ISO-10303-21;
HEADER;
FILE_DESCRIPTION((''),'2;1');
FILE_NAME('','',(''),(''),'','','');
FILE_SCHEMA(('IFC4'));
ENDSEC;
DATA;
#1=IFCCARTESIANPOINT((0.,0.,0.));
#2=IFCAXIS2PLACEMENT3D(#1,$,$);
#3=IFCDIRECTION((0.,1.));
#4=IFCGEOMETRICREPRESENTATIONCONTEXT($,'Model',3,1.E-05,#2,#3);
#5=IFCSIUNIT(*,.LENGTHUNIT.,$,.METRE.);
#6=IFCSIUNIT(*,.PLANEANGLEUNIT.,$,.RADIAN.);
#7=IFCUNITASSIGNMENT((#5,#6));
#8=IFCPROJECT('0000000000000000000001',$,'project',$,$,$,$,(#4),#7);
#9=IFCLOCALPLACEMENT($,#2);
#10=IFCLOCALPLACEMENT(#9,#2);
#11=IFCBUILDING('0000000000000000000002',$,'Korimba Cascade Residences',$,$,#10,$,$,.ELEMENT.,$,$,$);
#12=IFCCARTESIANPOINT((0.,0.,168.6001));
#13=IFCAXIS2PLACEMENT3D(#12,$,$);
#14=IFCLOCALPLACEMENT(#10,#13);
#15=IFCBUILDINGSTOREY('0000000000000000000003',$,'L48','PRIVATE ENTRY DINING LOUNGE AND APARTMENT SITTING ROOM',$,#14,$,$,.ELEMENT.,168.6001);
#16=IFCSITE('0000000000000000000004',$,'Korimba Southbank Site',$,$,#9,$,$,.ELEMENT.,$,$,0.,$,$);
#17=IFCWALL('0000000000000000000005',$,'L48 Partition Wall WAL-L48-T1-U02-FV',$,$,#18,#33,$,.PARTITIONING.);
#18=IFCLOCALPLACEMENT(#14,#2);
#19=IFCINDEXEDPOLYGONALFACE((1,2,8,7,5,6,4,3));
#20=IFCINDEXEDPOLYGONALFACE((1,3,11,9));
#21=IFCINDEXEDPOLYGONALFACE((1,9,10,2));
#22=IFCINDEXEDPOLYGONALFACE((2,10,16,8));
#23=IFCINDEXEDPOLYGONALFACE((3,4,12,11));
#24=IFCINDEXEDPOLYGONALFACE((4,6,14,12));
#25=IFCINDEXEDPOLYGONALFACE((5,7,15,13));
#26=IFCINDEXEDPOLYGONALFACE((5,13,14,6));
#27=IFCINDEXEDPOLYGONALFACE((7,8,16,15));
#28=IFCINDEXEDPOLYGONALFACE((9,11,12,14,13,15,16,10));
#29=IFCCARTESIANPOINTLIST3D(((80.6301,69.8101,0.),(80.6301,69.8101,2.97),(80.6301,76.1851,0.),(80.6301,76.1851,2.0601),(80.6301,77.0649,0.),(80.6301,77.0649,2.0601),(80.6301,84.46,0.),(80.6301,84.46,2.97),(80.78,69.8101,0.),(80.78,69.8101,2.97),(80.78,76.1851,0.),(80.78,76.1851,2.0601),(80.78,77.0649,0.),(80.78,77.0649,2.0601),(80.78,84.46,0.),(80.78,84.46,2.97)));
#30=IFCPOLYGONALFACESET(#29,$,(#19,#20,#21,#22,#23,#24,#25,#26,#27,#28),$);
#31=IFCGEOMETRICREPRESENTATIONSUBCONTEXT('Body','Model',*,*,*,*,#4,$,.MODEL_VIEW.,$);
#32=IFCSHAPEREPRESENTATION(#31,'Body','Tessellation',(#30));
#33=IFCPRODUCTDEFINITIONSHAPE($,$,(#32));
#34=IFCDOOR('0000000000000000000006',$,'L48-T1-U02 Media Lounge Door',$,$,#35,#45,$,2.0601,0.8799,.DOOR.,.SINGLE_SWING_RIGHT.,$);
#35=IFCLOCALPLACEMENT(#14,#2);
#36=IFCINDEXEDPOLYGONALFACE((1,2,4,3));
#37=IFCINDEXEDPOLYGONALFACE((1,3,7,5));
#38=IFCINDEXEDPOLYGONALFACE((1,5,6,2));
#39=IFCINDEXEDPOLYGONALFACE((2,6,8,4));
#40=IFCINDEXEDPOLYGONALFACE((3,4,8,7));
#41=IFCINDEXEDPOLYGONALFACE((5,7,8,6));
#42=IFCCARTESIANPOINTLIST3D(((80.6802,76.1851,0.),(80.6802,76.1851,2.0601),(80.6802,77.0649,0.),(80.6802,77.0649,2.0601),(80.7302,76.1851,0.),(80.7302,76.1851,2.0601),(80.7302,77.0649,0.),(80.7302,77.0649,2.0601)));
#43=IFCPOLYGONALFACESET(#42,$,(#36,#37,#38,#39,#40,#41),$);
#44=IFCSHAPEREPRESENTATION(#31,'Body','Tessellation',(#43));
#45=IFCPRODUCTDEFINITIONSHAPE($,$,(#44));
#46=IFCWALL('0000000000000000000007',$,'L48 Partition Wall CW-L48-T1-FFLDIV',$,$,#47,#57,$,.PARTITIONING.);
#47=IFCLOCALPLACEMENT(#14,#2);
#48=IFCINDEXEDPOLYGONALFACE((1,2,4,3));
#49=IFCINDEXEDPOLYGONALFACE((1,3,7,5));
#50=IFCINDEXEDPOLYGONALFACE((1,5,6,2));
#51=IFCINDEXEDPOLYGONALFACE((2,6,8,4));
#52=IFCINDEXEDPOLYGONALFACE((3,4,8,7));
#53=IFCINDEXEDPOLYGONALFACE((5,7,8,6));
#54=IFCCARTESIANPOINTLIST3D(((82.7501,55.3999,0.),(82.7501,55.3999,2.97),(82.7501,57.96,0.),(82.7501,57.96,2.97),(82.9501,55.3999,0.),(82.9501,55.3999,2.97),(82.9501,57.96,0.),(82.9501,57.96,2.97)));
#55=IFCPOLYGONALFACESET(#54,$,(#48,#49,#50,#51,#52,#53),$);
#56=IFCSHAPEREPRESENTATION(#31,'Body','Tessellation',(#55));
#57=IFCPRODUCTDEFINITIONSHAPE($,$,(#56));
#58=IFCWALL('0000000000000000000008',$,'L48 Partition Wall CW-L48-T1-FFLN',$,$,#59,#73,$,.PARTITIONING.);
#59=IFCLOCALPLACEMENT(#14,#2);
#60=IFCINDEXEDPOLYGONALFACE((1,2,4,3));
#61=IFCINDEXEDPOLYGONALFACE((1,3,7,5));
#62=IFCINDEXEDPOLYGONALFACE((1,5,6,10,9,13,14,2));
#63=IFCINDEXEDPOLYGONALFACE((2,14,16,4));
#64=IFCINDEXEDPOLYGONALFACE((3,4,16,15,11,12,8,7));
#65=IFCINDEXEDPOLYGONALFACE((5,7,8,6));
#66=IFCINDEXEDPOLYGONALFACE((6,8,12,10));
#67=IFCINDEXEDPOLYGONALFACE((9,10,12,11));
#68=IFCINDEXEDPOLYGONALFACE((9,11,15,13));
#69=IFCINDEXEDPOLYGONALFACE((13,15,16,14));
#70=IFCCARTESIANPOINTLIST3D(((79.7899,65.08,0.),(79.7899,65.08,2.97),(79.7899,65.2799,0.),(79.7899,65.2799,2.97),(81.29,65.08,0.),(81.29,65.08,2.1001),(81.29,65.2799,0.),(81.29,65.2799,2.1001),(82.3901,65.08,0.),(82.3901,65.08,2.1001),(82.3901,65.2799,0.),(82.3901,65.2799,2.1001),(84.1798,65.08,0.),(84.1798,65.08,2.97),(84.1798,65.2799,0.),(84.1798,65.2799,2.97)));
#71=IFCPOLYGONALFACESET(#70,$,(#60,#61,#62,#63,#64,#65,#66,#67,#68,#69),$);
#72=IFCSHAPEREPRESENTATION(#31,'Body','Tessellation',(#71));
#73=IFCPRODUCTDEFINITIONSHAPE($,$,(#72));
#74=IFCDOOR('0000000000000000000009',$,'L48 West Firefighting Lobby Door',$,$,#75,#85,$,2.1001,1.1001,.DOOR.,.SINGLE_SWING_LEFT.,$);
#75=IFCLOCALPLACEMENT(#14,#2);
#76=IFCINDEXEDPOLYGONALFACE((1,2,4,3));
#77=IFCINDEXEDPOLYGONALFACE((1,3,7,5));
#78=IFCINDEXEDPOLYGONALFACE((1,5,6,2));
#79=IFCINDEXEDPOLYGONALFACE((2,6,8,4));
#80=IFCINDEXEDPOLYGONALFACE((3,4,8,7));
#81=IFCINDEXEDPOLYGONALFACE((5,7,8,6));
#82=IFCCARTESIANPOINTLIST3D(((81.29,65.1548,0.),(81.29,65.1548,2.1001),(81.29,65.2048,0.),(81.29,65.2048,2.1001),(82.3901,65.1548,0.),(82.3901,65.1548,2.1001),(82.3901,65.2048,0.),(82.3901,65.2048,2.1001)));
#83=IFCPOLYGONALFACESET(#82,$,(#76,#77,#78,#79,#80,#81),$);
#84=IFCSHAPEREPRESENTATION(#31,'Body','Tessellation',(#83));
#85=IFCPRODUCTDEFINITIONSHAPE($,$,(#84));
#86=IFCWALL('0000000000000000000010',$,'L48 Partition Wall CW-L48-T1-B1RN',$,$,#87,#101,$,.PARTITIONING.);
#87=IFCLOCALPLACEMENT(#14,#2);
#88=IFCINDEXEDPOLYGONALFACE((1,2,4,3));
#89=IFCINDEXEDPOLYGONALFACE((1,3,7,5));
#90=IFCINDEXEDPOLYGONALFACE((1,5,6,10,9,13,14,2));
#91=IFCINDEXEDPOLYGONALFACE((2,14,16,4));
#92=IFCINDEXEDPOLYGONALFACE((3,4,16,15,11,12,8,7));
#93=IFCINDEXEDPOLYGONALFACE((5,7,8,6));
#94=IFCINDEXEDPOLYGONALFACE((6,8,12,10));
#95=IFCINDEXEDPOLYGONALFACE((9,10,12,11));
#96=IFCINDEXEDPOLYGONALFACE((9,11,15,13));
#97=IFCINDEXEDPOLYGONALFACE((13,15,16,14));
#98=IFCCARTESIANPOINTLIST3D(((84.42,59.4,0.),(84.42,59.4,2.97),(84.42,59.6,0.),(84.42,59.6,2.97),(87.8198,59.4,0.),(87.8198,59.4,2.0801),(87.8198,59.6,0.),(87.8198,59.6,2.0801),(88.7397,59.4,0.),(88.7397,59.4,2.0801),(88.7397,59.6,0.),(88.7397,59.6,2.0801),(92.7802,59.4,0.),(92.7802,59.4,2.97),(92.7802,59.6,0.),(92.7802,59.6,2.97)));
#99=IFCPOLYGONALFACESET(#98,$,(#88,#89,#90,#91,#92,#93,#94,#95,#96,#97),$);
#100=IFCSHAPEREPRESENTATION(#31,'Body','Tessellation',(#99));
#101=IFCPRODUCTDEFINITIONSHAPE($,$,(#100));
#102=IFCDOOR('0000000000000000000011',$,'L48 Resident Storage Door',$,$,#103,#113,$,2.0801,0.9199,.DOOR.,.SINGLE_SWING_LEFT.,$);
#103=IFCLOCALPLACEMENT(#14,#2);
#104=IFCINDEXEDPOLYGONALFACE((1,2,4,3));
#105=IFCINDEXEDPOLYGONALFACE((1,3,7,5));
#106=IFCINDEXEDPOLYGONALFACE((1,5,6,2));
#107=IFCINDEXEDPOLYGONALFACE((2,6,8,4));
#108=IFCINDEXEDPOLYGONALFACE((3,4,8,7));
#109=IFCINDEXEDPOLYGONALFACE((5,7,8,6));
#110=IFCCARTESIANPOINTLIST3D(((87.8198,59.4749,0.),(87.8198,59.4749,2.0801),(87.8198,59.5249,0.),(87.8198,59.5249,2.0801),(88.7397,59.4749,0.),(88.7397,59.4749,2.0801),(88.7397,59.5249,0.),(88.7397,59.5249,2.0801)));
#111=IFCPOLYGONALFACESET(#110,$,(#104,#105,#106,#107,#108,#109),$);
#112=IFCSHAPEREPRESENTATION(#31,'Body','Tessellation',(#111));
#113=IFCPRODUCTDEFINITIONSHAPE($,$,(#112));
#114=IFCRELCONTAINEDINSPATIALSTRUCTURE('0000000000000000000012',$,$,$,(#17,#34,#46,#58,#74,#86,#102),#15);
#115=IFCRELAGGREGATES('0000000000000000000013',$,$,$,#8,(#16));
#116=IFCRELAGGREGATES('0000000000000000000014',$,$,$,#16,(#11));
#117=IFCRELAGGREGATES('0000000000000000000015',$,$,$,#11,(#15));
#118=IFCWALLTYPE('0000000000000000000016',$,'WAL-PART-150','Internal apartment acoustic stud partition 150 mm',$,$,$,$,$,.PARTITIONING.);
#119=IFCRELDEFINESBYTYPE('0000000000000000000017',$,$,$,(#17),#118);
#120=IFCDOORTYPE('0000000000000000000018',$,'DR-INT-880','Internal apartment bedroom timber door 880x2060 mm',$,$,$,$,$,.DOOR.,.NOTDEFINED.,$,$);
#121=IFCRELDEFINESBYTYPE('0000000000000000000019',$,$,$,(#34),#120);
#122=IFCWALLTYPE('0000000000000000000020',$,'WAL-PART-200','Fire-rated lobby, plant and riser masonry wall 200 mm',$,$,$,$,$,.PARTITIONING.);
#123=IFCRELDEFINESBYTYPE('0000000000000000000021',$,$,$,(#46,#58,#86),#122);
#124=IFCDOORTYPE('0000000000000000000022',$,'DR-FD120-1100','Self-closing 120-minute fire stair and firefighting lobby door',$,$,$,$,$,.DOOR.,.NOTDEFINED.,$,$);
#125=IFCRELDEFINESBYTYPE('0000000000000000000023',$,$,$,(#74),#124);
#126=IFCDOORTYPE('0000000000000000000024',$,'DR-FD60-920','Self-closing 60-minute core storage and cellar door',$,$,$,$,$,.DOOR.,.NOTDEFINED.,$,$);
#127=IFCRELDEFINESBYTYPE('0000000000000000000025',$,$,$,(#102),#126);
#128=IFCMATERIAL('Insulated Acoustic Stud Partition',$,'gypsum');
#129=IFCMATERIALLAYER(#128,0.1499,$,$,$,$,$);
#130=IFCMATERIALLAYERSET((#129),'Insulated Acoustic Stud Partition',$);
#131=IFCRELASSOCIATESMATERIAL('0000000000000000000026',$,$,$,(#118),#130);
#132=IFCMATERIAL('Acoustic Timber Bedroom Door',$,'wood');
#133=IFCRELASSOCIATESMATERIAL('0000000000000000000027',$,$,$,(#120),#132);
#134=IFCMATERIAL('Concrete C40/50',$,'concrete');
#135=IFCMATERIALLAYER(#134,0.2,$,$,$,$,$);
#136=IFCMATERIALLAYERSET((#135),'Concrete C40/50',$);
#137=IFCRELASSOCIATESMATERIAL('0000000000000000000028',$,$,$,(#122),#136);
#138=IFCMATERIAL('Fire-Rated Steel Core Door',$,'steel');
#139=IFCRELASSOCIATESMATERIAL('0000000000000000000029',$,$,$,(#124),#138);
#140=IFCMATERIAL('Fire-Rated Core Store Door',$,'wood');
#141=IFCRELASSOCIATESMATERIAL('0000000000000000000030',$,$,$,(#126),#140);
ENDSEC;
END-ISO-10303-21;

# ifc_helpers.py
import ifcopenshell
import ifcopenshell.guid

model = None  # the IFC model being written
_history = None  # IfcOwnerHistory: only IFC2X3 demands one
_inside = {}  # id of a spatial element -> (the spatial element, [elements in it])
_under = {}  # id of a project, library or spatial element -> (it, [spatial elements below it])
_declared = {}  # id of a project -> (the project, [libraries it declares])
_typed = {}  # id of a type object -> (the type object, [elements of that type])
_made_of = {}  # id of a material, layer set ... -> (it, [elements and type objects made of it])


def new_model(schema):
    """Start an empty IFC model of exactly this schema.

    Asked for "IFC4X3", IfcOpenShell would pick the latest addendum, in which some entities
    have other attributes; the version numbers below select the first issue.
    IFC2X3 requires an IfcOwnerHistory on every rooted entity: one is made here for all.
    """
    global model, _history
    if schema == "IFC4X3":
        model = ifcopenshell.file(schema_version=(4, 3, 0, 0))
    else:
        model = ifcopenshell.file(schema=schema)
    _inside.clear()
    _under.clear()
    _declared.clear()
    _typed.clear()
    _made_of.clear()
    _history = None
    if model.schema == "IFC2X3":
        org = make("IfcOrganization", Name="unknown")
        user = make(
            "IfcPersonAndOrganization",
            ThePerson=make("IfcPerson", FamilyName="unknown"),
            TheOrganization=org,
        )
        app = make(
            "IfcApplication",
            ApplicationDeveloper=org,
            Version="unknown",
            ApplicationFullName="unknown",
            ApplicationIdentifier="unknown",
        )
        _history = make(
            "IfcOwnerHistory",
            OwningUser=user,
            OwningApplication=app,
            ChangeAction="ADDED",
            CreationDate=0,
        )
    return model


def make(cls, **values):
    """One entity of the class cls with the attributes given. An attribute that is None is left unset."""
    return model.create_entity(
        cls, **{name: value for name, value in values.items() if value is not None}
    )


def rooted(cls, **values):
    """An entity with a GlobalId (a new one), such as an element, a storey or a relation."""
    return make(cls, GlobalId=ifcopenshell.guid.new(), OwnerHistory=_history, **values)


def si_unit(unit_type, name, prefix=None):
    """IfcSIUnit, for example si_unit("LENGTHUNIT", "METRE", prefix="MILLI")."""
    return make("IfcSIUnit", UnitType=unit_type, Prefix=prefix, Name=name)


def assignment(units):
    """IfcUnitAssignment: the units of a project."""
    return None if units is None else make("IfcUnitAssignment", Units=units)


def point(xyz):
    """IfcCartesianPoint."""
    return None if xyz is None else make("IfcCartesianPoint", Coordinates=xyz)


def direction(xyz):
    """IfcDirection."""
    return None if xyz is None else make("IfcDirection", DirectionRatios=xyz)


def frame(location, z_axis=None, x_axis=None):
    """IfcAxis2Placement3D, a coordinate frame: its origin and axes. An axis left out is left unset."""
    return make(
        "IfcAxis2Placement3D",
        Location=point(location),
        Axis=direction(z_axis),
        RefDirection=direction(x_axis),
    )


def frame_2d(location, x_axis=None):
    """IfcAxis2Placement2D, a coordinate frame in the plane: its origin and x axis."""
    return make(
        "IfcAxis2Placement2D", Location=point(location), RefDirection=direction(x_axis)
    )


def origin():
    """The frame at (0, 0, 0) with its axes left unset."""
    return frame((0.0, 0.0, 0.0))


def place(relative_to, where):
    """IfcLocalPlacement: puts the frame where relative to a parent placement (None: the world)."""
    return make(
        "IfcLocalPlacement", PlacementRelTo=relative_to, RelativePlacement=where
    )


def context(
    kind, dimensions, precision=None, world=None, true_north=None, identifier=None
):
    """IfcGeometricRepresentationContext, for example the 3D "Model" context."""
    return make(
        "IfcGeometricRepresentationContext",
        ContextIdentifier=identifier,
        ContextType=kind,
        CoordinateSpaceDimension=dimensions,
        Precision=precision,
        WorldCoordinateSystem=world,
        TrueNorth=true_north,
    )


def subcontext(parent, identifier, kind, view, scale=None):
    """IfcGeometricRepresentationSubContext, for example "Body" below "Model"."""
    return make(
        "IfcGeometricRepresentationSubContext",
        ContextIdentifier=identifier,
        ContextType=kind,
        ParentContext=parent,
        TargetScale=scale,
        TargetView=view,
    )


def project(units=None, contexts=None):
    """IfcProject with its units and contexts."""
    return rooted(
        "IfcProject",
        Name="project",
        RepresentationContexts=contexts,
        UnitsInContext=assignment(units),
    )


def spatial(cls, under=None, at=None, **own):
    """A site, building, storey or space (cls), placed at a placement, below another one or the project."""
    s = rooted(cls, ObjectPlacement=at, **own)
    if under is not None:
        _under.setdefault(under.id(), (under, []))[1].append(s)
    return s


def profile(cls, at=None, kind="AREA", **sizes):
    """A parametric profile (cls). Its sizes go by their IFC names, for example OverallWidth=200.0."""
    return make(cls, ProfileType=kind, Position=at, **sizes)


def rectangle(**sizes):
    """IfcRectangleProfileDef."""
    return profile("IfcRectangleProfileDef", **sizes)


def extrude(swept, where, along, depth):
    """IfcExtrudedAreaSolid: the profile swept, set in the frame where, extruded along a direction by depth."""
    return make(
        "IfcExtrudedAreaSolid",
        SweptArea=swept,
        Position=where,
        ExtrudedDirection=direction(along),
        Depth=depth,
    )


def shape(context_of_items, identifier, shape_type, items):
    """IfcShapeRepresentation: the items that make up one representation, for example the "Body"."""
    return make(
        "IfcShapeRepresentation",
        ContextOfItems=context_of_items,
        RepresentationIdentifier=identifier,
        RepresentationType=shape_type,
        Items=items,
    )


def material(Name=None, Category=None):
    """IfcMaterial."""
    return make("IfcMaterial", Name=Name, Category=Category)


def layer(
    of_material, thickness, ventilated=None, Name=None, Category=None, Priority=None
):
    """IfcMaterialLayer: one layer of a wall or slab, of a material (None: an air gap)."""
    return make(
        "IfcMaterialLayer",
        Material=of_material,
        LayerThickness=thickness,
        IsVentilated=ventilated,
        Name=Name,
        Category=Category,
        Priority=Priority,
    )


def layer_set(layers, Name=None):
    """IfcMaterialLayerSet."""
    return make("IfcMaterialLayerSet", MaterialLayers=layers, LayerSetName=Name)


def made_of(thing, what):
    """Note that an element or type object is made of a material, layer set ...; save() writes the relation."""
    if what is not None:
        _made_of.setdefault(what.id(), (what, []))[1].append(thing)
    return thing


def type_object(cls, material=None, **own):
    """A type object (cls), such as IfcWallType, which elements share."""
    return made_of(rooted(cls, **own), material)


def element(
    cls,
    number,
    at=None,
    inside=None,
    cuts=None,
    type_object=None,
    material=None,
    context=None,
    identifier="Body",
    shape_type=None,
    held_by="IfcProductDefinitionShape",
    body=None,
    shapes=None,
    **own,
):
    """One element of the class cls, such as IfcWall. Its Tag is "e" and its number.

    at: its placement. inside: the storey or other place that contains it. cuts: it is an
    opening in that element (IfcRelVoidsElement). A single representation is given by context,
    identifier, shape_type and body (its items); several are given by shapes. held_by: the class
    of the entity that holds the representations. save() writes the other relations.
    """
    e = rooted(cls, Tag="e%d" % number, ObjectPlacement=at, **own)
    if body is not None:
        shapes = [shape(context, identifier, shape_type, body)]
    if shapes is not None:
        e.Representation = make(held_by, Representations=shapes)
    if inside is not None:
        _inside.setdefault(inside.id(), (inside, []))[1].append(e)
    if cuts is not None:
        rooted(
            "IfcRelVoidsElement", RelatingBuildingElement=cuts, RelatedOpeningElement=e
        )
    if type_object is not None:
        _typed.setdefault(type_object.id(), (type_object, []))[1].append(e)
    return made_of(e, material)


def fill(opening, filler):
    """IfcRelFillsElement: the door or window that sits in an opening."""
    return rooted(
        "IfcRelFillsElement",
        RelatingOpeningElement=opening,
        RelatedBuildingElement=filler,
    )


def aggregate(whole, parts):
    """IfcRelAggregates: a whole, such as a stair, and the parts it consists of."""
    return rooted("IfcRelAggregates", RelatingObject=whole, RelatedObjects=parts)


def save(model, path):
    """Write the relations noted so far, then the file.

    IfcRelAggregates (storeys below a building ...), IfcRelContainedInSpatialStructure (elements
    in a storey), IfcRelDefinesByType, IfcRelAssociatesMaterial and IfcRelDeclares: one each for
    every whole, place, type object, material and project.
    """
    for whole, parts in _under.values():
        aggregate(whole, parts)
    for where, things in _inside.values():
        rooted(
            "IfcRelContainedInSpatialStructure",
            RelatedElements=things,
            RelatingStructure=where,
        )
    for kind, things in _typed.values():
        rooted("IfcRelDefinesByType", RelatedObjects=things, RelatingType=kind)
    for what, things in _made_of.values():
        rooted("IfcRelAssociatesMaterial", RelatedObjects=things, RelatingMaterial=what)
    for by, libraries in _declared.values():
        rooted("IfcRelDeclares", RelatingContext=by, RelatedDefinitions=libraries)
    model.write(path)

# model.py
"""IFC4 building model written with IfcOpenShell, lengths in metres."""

from ifc_helpers import new_model, si_unit, direction, frame, frame_2d, origin, place, context, subcontext, project, spatial, rectangle, extrude, material, layer, layer_set, type_object, element, fill, save


model = new_model("IFC4")

# Units and contexts
model_context = context("Model", 3, precision=1e-05, world=origin(), true_north=direction((0.0, 1.0)))
body_context = subcontext(model_context, "Body", "Model", "MODEL_VIEW")
ifc_project = project(units=[si_unit("LENGTHUNIT", "METRE"), si_unit("PLANEANGLEUNIT", "RADIAN")], contexts=[model_context])

# Site, building, storey
site_placement = place(None, origin())
site = spatial("IfcSite", under=ifc_project, at=site_placement, Name="Korimba Southbank Site", CompositionType="ELEMENT", RefElevation=0.0)
building_placement = place(site_placement, origin())
building = spatial("IfcBuilding", under=site, at=building_placement, Name="Korimba Cascade Residences", CompositionType="ELEMENT")
storey_placement = place(building_placement, frame((0.0, 0.0, 168.6001)))
storey = spatial("IfcBuildingStorey", under=building, at=storey_placement, Name="L48", Description="PRIVATE ENTRY DINING LOUNGE AND APARTMENT SITTING ROOM", CompositionType="ELEMENT", Elevation=168.6001)

# Wall, opening, door
ifc_material_1 = material(Name="Insulated Acoustic Stud Partition", Category="gypsum")
ifc_layer_1 = layer(ifc_material_1, 0.1499)
ifc_layer_set_1 = layer_set([ifc_layer_1], Name="Insulated Acoustic Stud Partition")
wall_type_1 = type_object("IfcWallType", Name="WAL-PART-150", Description="Internal apartment acoustic stud partition 150 mm", PredefinedType="PARTITIONING", material=ifc_layer_set_1)
wall_1_placement = place(storey_placement, frame((80.7051, 69.8101, 0.0), z_axis=(0.0, 0.0, 1.0), x_axis=(0.0, 1.0, 0.0)))
wall_1 = element("IfcWall", 1, at=wall_1_placement, inside=storey, type_object=wall_type_1, Name="L48 Partition Wall WAL-L48-T1-U02-FV", PredefinedType="PARTITIONING", context=body_context, shape_type="SweptSolid", body=[
    extrude(rectangle(XDim=14.6499, YDim=0.1499, at=frame_2d((7.325, 0.0))), origin(), (0.0, 0.0, 1.0), 2.97),
])
opening_1_placement = place(wall_1_placement, frame((6.375, 0.0, 0.0)))
opening_1 = element("IfcOpeningElement", 2, at=opening_1_placement, cuts=wall_1, PredefinedType="OPENING", context=body_context, shape_type="SweptSolid", body=[
    extrude(rectangle(XDim=0.8799, YDim=2.0601, at=frame_2d((0.4399, 1.03))), frame((0.0, 0.085, 0.0), z_axis=(0.0, -1.0, 0.0), x_axis=(1.0, 0.0, 0.0)), (0.0, 0.0, 1.0), 0.1699),
])
ifc_material_2 = material(Name="Acoustic Timber Bedroom Door", Category="wood")
door_type_1 = type_object("IfcDoorType", Name="DR-INT-880", Description="Internal apartment bedroom timber door 880x2060 mm", OperationType="NOTDEFINED", PredefinedType="DOOR", material=ifc_material_2)
door_1_placement = place(opening_1_placement, origin())
door_1 = element("IfcDoor", 3, at=door_1_placement, inside=storey, type_object=door_type_1, Name="L48-T1-U02 Media Lounge Door", OperationType="SINGLE_SWING_RIGHT", OverallHeight=2.0601, OverallWidth=0.8799, PredefinedType="DOOR", context=body_context, shape_type="SweptSolid", body=[
    extrude(rectangle(XDim=0.8799, YDim=2.0601, at=frame_2d((0.4399, 1.03))), frame((0.0, 0.0249, 0.0), z_axis=(0.0, -1.0, 0.0), x_axis=(1.0, 0.0, 0.0)), (0.0, 0.0, 1.0), 0.05),
])
fill(opening_1, door_1)

# Wall
ifc_material_3 = material(Name="Concrete C40/50", Category="concrete")
ifc_layer_2 = layer(ifc_material_3, 0.2)
ifc_layer_set_2 = layer_set([ifc_layer_2], Name="Concrete C40/50")
wall_type_2 = type_object("IfcWallType", Name="WAL-PART-200", Description="Fire-rated lobby, plant and riser masonry wall 200 mm", PredefinedType="PARTITIONING", material=ifc_layer_set_2)
wall_2_placement = place(storey_placement, frame((82.8501, 55.3999, 0.0), z_axis=(0.0, 0.0, 1.0), x_axis=(0.0, 1.0, 0.0)))
element("IfcWall", 4, at=wall_2_placement, inside=storey, type_object=wall_type_2, Name="L48 Partition Wall CW-L48-T1-FFLDIV", PredefinedType="PARTITIONING", context=body_context, shape_type="SweptSolid", body=[
    extrude(rectangle(XDim=2.5601, YDim=0.2, at=frame_2d((1.28, 0.0))), origin(), (0.0, 0.0, 1.0), 2.97),
])

# Walls, openings, doors
wall_3_placement = place(storey_placement, frame((79.79, 65.1799, 0.0), z_axis=(0.0, 0.0, 1.0), x_axis=(1.0, 0.0, 0.0)))
wall_3 = element("IfcWall", 5, at=wall_3_placement, inside=storey, type_object=wall_type_2, Name="L48 Partition Wall CW-L48-T1-FFLN", PredefinedType="PARTITIONING", context=body_context, shape_type="SweptSolid", body=[
    extrude(rectangle(XDim=4.3899, YDim=0.2, at=frame_2d((2.1948, 0.0))), origin(), (0.0, 0.0, 1.0), 2.97),
])
opening_2_placement = place(wall_3_placement, frame((1.5, 0.0, 0.0)))
opening_2 = element("IfcOpeningElement", 6, at=opening_2_placement, cuts=wall_3, PredefinedType="OPENING", context=body_context, shape_type="SweptSolid", body=[
    extrude(rectangle(XDim=1.1001, YDim=2.1001, at=frame_2d((0.55, 1.05))), frame((0.0, 0.1099, 0.0), z_axis=(0.0, -1.0, 0.0), x_axis=(1.0, 0.0, 0.0)), (0.0, 0.0, 1.0), 0.22),
])
ifc_material_4 = material(Name="Fire-Rated Steel Core Door", Category="steel")
door_type_2 = type_object("IfcDoorType", Name="DR-FD120-1100", Description="Self-closing 120-minute fire stair and firefighting lobby door", OperationType="NOTDEFINED", PredefinedType="DOOR", material=ifc_material_4)
door_2_placement = place(opening_2_placement, origin())
door_2 = element("IfcDoor", 7, at=door_2_placement, inside=storey, type_object=door_type_2, Name="L48 West Firefighting Lobby Door", OperationType="SINGLE_SWING_LEFT", OverallHeight=2.1001, OverallWidth=1.1001, PredefinedType="DOOR", context=body_context, shape_type="SweptSolid", body=[
    extrude(rectangle(XDim=1.1001, YDim=2.1001, at=frame_2d((0.55, 1.05))), frame((0.0, 0.0249, 0.0), z_axis=(0.0, -1.0, 0.0), x_axis=(1.0, 0.0, 0.0)), (0.0, 0.0, 1.0), 0.05),
])
fill(opening_2, door_2)
wall_4_placement = place(storey_placement, frame((84.4199, 59.5, 0.0), z_axis=(0.0, 0.0, 1.0), x_axis=(1.0, 0.0, 0.0)))
wall_4 = element("IfcWall", 8, at=wall_4_placement, inside=storey, type_object=wall_type_2, Name="L48 Partition Wall CW-L48-T1-B1RN", PredefinedType="PARTITIONING", context=body_context, shape_type="SweptSolid", body=[
    extrude(rectangle(XDim=8.3601, YDim=0.2, at=frame_2d((4.1802, 0.0))), origin(), (0.0, 0.0, 1.0), 2.97),
])
opening_3_placement = place(wall_4_placement, frame((3.3999, 0.0, 0.0)))
opening_3 = element("IfcOpeningElement", 9, at=opening_3_placement, cuts=wall_4, PredefinedType="OPENING", context=body_context, shape_type="SweptSolid", body=[
    extrude(rectangle(XDim=0.9199, YDim=2.0801, at=frame_2d((0.46, 1.04))), frame((0.0, 0.1099, 0.0), z_axis=(0.0, -1.0, 0.0), x_axis=(1.0, 0.0, 0.0)), (0.0, 0.0, 1.0), 0.22),
])
ifc_material_5 = material(Name="Fire-Rated Core Store Door", Category="wood")
door_type_3 = type_object("IfcDoorType", Name="DR-FD60-920", Description="Self-closing 60-minute core storage and cellar door", OperationType="NOTDEFINED", PredefinedType="DOOR", material=ifc_material_5)
door_3_placement = place(opening_3_placement, origin())
door_3 = element("IfcDoor", 10, at=door_3_placement, inside=storey, type_object=door_type_3, Name="L48 Resident Storage Door", OperationType="SINGLE_SWING_LEFT", OverallHeight=2.0801, OverallWidth=0.9199, PredefinedType="DOOR", context=body_context, shape_type="SweptSolid", body=[
    extrude(rectangle(XDim=0.9199, YDim=2.0801, at=frame_2d((0.46, 1.04))), frame((0.0, 0.0249, 0.0), z_axis=(0.0, -1.0, 0.0), x_axis=(1.0, 0.0, 0.0)), (0.0, 0.0, 1.0), 0.05),
])
fill(opening_3, door_3)

save(model, "model.ifc")
